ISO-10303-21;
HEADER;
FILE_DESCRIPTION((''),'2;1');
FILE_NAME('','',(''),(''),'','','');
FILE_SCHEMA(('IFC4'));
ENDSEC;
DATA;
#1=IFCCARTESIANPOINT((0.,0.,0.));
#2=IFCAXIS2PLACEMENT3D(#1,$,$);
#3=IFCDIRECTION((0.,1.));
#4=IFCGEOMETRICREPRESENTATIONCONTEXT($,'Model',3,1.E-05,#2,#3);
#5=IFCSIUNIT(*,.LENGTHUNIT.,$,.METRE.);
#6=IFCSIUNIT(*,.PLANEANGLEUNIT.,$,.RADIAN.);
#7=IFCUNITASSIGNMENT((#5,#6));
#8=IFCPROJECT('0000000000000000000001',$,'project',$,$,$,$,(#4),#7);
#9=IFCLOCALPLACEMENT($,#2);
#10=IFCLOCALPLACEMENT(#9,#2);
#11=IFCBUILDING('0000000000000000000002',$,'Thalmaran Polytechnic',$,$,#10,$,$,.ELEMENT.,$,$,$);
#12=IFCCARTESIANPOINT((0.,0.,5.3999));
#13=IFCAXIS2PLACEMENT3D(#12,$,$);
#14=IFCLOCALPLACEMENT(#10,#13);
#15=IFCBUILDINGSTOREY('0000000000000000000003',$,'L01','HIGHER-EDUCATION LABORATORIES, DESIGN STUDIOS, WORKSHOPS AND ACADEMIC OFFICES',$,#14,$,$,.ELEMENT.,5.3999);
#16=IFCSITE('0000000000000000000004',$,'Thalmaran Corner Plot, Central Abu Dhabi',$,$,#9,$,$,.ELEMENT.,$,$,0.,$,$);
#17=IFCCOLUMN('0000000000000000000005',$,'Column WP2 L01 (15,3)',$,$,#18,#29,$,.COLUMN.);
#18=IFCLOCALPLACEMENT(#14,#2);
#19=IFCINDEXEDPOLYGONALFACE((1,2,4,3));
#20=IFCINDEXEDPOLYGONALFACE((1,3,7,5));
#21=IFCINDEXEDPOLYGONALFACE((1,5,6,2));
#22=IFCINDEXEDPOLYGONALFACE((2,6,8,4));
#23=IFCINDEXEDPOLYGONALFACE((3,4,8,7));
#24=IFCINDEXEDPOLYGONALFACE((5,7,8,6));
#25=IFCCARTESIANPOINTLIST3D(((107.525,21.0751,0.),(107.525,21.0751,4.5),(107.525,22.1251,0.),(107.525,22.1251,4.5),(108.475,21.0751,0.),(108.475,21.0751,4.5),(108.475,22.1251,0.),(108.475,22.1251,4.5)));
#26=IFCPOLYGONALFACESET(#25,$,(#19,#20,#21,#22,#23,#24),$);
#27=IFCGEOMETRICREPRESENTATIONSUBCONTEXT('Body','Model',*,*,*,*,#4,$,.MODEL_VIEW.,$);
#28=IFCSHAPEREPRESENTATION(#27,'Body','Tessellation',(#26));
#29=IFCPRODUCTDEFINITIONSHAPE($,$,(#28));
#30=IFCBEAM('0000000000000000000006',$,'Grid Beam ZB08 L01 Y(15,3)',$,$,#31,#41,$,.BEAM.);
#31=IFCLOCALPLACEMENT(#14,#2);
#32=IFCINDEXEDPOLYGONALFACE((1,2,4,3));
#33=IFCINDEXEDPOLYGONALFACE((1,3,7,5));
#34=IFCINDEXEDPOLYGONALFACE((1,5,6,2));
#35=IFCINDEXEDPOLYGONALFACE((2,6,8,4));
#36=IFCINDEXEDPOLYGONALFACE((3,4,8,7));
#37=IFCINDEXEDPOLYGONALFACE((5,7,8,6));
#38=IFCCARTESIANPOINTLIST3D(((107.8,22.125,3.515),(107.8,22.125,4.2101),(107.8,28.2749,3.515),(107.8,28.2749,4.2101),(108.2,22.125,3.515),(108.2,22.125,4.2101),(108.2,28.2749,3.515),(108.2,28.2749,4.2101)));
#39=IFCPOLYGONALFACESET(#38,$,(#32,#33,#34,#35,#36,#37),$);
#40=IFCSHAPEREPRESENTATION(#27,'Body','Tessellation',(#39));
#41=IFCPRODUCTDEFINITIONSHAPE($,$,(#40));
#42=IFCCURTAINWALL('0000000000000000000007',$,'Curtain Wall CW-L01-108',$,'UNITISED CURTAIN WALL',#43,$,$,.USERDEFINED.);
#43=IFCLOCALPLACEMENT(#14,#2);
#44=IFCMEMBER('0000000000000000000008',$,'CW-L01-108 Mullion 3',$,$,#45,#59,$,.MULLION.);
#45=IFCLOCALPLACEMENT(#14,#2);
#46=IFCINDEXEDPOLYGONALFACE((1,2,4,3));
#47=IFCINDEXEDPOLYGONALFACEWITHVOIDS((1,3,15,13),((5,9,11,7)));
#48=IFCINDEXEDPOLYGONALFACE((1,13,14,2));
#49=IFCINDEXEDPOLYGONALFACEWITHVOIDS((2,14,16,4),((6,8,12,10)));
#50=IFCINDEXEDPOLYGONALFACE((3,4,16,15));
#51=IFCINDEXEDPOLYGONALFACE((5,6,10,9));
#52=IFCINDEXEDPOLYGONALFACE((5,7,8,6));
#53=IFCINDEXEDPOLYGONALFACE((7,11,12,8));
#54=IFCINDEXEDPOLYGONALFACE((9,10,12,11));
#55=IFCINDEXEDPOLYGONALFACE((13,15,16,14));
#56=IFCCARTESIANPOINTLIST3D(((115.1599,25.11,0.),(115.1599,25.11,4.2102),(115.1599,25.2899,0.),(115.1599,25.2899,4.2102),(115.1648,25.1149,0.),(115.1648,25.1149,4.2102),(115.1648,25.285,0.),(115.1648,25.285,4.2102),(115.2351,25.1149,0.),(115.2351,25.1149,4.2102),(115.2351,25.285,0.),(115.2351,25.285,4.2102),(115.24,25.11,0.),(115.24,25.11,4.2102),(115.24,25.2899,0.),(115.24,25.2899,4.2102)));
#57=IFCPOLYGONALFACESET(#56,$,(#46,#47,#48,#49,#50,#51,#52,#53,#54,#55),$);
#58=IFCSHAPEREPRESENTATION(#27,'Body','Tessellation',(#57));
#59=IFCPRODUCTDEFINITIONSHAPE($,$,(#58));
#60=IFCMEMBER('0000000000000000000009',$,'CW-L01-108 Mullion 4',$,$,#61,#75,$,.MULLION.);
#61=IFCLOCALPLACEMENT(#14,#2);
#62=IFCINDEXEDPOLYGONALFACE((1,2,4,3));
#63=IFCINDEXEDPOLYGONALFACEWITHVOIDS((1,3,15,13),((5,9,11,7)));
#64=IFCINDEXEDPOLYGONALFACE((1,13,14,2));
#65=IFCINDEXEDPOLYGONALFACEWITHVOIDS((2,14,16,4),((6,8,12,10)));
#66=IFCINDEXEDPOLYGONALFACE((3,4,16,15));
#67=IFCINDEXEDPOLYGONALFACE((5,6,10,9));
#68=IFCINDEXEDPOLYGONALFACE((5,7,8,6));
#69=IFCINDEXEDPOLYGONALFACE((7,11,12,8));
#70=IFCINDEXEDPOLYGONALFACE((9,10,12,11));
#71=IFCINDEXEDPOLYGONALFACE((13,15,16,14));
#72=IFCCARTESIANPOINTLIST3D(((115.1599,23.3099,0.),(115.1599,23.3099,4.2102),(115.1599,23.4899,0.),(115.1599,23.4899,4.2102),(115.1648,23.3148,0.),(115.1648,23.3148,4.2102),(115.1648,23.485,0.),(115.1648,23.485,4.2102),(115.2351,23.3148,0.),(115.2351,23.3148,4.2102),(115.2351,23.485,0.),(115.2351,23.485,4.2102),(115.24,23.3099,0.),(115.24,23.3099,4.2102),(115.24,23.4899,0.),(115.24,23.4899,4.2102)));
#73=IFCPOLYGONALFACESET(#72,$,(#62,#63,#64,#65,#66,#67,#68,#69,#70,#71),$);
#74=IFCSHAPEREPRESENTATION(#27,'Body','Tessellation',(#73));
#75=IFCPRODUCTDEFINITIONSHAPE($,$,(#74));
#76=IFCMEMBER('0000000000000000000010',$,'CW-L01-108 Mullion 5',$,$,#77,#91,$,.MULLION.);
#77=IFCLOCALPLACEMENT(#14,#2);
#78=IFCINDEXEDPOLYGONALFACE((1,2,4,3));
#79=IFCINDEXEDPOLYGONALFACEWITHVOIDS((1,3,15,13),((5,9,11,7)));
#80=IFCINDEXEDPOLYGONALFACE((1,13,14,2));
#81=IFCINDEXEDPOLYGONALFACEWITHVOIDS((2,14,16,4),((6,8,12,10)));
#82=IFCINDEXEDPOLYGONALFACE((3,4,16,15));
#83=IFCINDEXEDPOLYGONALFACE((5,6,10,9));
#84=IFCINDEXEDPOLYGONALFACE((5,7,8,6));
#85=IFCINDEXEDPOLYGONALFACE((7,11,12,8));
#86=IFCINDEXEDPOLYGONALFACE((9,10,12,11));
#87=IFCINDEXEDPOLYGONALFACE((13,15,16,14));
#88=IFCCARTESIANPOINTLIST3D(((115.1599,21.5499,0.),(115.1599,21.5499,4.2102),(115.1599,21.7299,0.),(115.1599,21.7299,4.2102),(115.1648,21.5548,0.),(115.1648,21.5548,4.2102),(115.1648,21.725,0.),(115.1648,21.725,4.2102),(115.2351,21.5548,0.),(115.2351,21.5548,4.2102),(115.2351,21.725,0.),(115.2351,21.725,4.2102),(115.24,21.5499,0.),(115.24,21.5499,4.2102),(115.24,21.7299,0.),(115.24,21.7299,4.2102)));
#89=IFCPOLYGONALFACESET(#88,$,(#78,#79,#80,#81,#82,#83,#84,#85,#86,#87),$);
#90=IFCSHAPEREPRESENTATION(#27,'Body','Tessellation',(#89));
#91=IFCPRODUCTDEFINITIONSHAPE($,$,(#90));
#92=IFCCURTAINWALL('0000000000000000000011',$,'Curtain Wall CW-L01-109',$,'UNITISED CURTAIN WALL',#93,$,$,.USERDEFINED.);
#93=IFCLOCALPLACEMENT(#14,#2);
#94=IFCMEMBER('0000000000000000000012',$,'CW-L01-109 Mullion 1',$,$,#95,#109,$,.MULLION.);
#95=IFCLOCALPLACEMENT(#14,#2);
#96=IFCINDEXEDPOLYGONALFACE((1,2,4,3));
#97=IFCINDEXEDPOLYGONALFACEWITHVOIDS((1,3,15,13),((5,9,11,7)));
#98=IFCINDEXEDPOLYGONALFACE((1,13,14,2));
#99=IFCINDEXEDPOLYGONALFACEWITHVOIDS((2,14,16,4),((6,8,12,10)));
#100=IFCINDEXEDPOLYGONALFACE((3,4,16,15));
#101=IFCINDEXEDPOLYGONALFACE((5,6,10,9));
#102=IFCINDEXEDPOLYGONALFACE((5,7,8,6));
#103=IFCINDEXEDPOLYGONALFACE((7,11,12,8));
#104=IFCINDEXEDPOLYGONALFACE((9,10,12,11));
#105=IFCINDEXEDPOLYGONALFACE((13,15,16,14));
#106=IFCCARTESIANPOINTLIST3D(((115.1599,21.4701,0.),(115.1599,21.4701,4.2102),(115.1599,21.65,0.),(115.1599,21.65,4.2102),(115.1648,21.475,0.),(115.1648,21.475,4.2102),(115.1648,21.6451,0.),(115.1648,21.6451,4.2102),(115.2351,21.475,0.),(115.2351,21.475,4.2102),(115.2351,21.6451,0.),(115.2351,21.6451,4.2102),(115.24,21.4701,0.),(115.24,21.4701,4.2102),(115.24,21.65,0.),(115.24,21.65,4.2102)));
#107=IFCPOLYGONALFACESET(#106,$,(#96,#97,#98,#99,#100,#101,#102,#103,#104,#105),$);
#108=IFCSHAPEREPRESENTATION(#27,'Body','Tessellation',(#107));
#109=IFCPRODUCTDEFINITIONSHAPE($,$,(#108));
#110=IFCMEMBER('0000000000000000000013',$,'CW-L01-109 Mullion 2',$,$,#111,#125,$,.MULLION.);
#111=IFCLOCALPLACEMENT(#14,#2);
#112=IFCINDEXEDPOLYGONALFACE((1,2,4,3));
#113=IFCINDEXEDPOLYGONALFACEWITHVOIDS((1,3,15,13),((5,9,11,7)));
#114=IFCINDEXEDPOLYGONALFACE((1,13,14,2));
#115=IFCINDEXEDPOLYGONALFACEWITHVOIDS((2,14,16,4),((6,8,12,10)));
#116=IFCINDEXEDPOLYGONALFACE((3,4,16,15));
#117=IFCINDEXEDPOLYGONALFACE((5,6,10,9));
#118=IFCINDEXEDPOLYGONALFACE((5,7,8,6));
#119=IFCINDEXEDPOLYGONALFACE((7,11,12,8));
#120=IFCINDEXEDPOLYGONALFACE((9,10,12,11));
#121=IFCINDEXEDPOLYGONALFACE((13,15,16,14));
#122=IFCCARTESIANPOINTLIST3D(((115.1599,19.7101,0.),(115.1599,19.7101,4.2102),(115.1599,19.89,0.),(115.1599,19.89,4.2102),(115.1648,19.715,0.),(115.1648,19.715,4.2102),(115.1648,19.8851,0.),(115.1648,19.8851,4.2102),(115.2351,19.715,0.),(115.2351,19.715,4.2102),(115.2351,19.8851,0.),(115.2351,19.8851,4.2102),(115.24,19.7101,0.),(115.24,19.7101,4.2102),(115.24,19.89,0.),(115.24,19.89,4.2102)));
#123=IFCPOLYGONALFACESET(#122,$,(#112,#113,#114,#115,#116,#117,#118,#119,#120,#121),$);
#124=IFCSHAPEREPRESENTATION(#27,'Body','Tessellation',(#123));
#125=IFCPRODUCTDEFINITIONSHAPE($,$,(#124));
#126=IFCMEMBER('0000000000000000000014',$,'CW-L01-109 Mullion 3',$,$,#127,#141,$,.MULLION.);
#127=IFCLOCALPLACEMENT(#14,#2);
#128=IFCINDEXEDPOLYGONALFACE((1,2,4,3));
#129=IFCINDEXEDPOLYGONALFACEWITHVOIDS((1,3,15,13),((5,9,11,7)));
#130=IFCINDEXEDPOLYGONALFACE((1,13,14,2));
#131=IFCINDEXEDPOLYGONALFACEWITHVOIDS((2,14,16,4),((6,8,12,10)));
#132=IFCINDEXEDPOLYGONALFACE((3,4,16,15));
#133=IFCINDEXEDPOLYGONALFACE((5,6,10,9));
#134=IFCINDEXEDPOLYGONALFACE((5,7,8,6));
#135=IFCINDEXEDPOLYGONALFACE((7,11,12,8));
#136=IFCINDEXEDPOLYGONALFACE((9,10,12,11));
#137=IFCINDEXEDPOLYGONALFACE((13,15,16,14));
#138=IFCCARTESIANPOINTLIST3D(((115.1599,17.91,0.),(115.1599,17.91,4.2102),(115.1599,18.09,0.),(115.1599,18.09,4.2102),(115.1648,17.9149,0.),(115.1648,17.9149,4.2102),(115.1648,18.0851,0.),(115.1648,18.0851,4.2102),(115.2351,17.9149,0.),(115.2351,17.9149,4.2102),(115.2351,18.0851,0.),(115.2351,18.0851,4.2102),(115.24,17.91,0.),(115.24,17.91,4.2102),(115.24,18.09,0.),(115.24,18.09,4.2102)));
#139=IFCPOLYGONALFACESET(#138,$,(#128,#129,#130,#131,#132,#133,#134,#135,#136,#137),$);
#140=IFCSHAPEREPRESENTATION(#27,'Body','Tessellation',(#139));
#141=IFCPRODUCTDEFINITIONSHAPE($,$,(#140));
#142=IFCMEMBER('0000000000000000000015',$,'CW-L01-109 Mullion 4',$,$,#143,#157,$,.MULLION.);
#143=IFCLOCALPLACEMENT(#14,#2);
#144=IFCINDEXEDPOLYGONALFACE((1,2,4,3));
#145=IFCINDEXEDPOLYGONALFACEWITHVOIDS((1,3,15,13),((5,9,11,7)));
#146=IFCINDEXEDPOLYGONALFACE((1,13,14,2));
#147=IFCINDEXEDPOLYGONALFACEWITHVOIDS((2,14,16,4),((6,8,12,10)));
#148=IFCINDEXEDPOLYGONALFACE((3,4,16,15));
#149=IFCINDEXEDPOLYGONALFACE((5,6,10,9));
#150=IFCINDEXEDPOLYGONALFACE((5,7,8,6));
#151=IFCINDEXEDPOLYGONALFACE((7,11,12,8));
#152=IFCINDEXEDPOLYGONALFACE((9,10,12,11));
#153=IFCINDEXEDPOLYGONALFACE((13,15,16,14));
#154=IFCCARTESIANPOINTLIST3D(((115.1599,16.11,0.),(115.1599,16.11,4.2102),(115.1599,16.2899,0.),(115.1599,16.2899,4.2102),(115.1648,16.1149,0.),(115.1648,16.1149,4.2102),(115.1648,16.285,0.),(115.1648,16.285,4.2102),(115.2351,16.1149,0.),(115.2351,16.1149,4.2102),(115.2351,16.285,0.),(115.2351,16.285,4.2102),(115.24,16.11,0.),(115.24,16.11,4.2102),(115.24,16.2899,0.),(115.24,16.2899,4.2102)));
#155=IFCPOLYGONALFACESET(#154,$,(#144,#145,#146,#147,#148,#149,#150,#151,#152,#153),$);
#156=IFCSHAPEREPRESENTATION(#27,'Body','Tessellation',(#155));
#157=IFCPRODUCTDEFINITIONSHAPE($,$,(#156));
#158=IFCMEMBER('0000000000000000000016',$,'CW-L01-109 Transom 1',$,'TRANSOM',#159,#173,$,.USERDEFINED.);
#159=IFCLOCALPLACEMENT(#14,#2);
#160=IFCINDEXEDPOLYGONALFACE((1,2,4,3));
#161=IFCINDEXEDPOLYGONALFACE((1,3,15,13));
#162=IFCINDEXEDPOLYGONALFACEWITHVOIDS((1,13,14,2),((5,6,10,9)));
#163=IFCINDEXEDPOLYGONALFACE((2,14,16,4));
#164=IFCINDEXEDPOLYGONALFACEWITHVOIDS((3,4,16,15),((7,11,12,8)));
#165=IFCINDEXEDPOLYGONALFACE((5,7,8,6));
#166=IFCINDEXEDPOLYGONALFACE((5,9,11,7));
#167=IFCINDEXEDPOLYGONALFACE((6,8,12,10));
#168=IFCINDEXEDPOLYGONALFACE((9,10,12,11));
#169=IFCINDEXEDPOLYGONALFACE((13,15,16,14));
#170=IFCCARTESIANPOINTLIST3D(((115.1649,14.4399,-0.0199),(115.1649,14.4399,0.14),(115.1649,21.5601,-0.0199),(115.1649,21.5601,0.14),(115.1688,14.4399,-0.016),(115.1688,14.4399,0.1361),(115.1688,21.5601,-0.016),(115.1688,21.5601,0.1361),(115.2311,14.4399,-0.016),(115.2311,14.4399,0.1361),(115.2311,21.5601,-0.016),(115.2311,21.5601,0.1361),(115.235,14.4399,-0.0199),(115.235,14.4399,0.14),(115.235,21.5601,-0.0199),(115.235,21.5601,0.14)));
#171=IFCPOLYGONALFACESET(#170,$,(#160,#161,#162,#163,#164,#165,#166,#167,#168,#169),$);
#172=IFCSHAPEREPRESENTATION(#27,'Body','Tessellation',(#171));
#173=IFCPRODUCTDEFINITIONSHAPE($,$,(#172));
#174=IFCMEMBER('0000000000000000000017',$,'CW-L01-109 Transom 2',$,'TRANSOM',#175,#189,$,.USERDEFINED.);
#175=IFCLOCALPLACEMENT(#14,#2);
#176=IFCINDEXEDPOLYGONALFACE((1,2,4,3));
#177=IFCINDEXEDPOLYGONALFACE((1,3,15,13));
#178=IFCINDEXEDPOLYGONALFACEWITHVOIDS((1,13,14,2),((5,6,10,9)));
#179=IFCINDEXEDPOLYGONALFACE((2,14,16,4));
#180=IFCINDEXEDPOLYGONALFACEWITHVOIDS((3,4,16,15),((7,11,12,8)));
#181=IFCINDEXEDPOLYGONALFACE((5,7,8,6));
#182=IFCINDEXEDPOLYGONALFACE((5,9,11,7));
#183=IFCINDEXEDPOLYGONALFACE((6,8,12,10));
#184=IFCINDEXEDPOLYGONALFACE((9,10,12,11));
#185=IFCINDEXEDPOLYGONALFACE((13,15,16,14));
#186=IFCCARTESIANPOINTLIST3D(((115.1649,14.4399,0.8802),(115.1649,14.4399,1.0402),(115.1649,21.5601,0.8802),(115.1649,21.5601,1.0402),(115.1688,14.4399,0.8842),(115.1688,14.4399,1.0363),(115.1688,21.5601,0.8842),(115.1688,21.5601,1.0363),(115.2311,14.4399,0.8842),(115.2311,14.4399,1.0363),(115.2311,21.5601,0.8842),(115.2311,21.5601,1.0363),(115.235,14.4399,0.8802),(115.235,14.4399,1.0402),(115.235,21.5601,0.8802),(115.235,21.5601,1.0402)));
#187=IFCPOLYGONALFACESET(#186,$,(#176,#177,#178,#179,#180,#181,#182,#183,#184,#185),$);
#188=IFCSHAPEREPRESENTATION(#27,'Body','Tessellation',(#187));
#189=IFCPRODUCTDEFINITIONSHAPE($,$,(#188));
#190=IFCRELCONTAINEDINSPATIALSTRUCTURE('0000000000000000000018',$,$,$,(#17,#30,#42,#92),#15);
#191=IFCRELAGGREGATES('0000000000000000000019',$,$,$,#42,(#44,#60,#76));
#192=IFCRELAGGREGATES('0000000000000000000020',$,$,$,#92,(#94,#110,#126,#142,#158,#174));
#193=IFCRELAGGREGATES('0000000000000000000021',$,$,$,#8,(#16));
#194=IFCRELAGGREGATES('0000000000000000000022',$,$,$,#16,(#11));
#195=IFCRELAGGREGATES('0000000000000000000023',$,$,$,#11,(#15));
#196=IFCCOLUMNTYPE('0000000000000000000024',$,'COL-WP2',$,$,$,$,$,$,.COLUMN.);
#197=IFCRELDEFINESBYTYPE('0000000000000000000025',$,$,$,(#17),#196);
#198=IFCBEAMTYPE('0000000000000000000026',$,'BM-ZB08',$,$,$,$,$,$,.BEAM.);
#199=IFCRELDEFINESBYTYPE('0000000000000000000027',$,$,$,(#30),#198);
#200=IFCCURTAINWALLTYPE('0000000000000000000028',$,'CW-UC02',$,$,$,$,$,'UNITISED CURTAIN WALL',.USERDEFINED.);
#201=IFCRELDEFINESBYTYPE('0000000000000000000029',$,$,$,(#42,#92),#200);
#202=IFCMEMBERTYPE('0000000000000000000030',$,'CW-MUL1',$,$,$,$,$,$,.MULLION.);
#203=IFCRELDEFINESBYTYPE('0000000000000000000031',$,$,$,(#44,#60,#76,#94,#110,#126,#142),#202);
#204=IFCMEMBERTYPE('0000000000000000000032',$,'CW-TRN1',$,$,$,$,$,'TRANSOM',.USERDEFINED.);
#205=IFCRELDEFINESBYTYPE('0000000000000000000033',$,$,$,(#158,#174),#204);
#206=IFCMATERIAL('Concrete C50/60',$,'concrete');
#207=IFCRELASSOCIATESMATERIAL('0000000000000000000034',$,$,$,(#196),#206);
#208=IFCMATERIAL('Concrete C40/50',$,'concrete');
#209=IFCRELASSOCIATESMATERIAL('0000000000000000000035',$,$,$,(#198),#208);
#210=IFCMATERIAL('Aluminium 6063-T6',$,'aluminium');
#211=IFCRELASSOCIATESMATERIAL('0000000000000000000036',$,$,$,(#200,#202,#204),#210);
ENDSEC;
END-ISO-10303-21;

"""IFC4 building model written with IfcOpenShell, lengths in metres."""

from ifc_helpers import new_model, si_unit, direction, frame, origin, origin_2d, place, context, subcontext, project, spatial, rectangle, hollow_rectangle, extrude, material, material_profile, profile_set, type_object, element, aggregate, save


model = new_model("IFC4")

# Units and contexts
model_context = context("Model", 3, precision=1e-05, world=origin(), true_north=direction((0.0, 1.0)))
body_context = subcontext(model_context, "Body", "Model", "MODEL_VIEW")
ifc_project = project(units=[si_unit("LENGTHUNIT", "METRE"), si_unit("PLANEANGLEUNIT", "RADIAN")], contexts=[model_context])

# Site, building, storey
site_placement = place(None, origin())
site = spatial("IfcSite", under=ifc_project, at=site_placement, Name="Thalmaran Corner Plot, Central Abu Dhabi", CompositionType="ELEMENT", RefElevation=0.0)
building_placement = place(site_placement, origin())
building = spatial("IfcBuilding", under=site, at=building_placement, Name="Thalmaran Polytechnic", CompositionType="ELEMENT")
storey_placement = place(building_placement, frame((0.0, 0.0, 5.3999)))
storey = spatial("IfcBuildingStorey", under=building, at=storey_placement, Name="L01", Description="HIGHER-EDUCATION LABORATORIES, DESIGN STUDIOS, WORKSHOPS AND ACADEMIC OFFICES", CompositionType="ELEMENT", Elevation=5.3999)

# Column
ifc_material_1 = material(Name="Concrete C50/60", Category="concrete")
ifc_material_profile_1 = material_profile(ifc_material_1, rectangle(XDim=0.95, YDim=1.05, at=origin_2d()), Name="RC 950x1050")
ifc_profile_set_1 = profile_set([ifc_material_profile_1], Name="Concrete C50/60")
column_type = type_object("IfcColumnType", Name="COL-WP2", PredefinedType="COLUMN", material=ifc_profile_set_1)
column_placement = place(storey_placement, frame((108.0, 21.6001, 0.0), z_axis=(0.0, 0.0, 1.0), x_axis=(1.0, 0.0, 0.0)))
element("IfcColumn", 1, at=column_placement, inside=storey, type_object=column_type, Name="Column WP2 L01 (15,3)", PredefinedType="COLUMN", context=body_context, shape_type="SweptSolid", body=[
    extrude(rectangle(XDim=0.95, YDim=1.05, at=origin_2d()), origin(), (0.0, 0.0, 1.0), 4.5),
])

# Beam
ifc_material_2 = material(Name="Concrete C40/50", Category="concrete")
ifc_material_profile_2 = material_profile(ifc_material_2, rectangle(XDim=0.3999, YDim=0.6951, at=origin_2d()), Name="RC 400x695")
ifc_profile_set_2 = profile_set([ifc_material_profile_2], Name="Concrete C40/50")
beam_type = type_object("IfcBeamType", Name="BM-ZB08", PredefinedType="BEAM", material=ifc_profile_set_2)
beam_placement = place(storey_placement, frame((108.0, 22.125, 3.8625), z_axis=(0.0, 1.0, 0.0), x_axis=(-1.0, 0.0, 0.0)))
element("IfcBeam", 2, at=beam_placement, inside=storey, type_object=beam_type, Name="Grid Beam ZB08 L01 Y(15,3)", PredefinedType="BEAM", context=body_context, shape_type="SweptSolid", body=[
    extrude(rectangle(XDim=0.3999, YDim=0.6951, at=origin_2d()), origin(), (0.0, 0.0, 1.0), 6.1499),
])

# Curtain walls, members
ifc_material_3 = material(Name="Aluminium 6063-T6", Category="aluminium")
curtain_wall_type = type_object("IfcCurtainWallType", Name="CW-UC02", ElementType="UNITISED CURTAIN WALL", PredefinedType="USERDEFINED", material=ifc_material_3)
curtain_wall_1_placement = place(storey_placement, origin())
curtain_wall_1 = element("IfcCurtainWall", 3, at=curtain_wall_1_placement, inside=storey, type_object=curtain_wall_type, Name="Curtain Wall CW-L01-108", ObjectType="UNITISED CURTAIN WALL", PredefinedType="USERDEFINED")
ifc_material_profile_3 = material_profile(ifc_material_3, hollow_rectangle(XDim=0.0801, YDim=0.1799, WallThickness=0.0049, at=origin_2d()), Name="RHS 180x80x5.0")
ifc_profile_set_3 = profile_set([ifc_material_profile_3], Name="Aluminium 6063-T6")
member_type_1 = type_object("IfcMemberType", Name="CW-MUL1", PredefinedType="MULLION", material=ifc_profile_set_3)
member_1_placement = place(storey_placement, frame((115.2, 25.2, 0.0), z_axis=(0.0, 0.0, 1.0), x_axis=(1.0, 0.0, 0.0)))
member_1 = element("IfcMember", 4, at=member_1_placement, type_object=member_type_1, Name="CW-L01-108 Mullion 3", PredefinedType="MULLION", context=body_context, shape_type="SweptSolid", body=[
    extrude(hollow_rectangle(XDim=0.0801, YDim=0.1799, WallThickness=0.0049, at=origin_2d()), origin(), (0.0, 0.0, 1.0), 4.2102),
])
member_2_placement = place(storey_placement, frame((115.2, 23.3999, 0.0), z_axis=(0.0, 0.0, 1.0), x_axis=(1.0, 0.0, 0.0)))
member_2 = element("IfcMember", 5, at=member_2_placement, type_object=member_type_1, Name="CW-L01-108 Mullion 4", PredefinedType="MULLION", context=body_context, shape_type="SweptSolid", body=[
    extrude(hollow_rectangle(XDim=0.0801, YDim=0.1799, WallThickness=0.0049, at=origin_2d()), origin(), (0.0, 0.0, 1.0), 4.2102),
])
member_3_placement = place(storey_placement, frame((115.2, 21.6399, 0.0), z_axis=(0.0, 0.0, 1.0), x_axis=(1.0, 0.0, 0.0)))
member_3 = element("IfcMember", 6, at=member_3_placement, type_object=member_type_1, Name="CW-L01-108 Mullion 5", PredefinedType="MULLION", context=body_context, shape_type="SweptSolid", body=[
    extrude(hollow_rectangle(XDim=0.0801, YDim=0.1799, WallThickness=0.0049, at=origin_2d()), origin(), (0.0, 0.0, 1.0), 4.2102),
])
curtain_wall_2_placement = place(storey_placement, origin())
curtain_wall_2 = element("IfcCurtainWall", 7, at=curtain_wall_2_placement, inside=storey, type_object=curtain_wall_type, Name="Curtain Wall CW-L01-109", ObjectType="UNITISED CURTAIN WALL", PredefinedType="USERDEFINED")
member_4_placement = place(storey_placement, frame((115.2, 21.5601, 0.0), z_axis=(0.0, 0.0, 1.0), x_axis=(1.0, 0.0, 0.0)))
member_4 = element("IfcMember", 8, at=member_4_placement, type_object=member_type_1, Name="CW-L01-109 Mullion 1", PredefinedType="MULLION", context=body_context, shape_type="SweptSolid", body=[
    extrude(hollow_rectangle(XDim=0.0801, YDim=0.1799, WallThickness=0.0049, at=origin_2d()), origin(), (0.0, 0.0, 1.0), 4.2102),
])
member_5_placement = place(storey_placement, frame((115.2, 19.8, 0.0), z_axis=(0.0, 0.0, 1.0), x_axis=(1.0, 0.0, 0.0)))
member_5 = element("IfcMember", 9, at=member_5_placement, type_object=member_type_1, Name="CW-L01-109 Mullion 2", PredefinedType="MULLION", context=body_context, shape_type="SweptSolid", body=[
    extrude(hollow_rectangle(XDim=0.0801, YDim=0.1799, WallThickness=0.0049, at=origin_2d()), origin(), (0.0, 0.0, 1.0), 4.2102),
])
member_6_placement = place(storey_placement, frame((115.2, 18.0, 0.0), z_axis=(0.0, 0.0, 1.0), x_axis=(1.0, 0.0, 0.0)))
member_6 = element("IfcMember", 10, at=member_6_placement, type_object=member_type_1, Name="CW-L01-109 Mullion 3", PredefinedType="MULLION", context=body_context, shape_type="SweptSolid", body=[
    extrude(hollow_rectangle(XDim=0.0801, YDim=0.1799, WallThickness=0.0049, at=origin_2d()), origin(), (0.0, 0.0, 1.0), 4.2102),
])
member_7_placement = place(storey_placement, frame((115.2, 16.2, 0.0), z_axis=(0.0, 0.0, 1.0), x_axis=(1.0, 0.0, 0.0)))
member_7 = element("IfcMember", 11, at=member_7_placement, type_object=member_type_1, Name="CW-L01-109 Mullion 4", PredefinedType="MULLION", context=body_context, shape_type="SweptSolid", body=[
    extrude(hollow_rectangle(XDim=0.0801, YDim=0.1799, WallThickness=0.0049, at=origin_2d()), origin(), (0.0, 0.0, 1.0), 4.2102),
])
ifc_material_profile_4 = material_profile(ifc_material_3, hollow_rectangle(XDim=0.0701, YDim=0.1599, WallThickness=0.0039, at=origin_2d()), Name="AL 160x70x4.0")
ifc_profile_set_4 = profile_set([ifc_material_profile_4], Name="Aluminium 6063-T6")
member_type_2 = type_object("IfcMemberType", Name="CW-TRN1", ElementType="TRANSOM", PredefinedType="USERDEFINED", material=ifc_profile_set_4)
member_8_placement = place(storey_placement, frame((115.2, 21.5601, 0.0601), z_axis=(0.0, -1.0, 0.0), x_axis=(1.0, 0.0, 0.0)))
member_8 = element("IfcMember", 12, at=member_8_placement, type_object=member_type_2, Name="CW-L01-109 Transom 1", ObjectType="TRANSOM", PredefinedType="USERDEFINED", context=body_context, shape_type="SweptSolid", body=[
    extrude(hollow_rectangle(XDim=0.0701, YDim=0.1599, WallThickness=0.0039, at=origin_2d()), origin(), (0.0, 0.0, 1.0), 7.1201),
])
member_9_placement = place(storey_placement, frame((115.2, 21.5601, 0.9602), z_axis=(0.0, -1.0, 0.0), x_axis=(1.0, 0.0, 0.0)))
member_9 = element("IfcMember", 13, at=member_9_placement, type_object=member_type_2, Name="CW-L01-109 Transom 2", ObjectType="TRANSOM", PredefinedType="USERDEFINED", context=body_context, shape_type="SweptSolid", body=[
    extrude(hollow_rectangle(XDim=0.0701, YDim=0.1599, WallThickness=0.0039, at=origin_2d()), origin(), (0.0, 0.0, 1.0), 7.1201),
])

aggregate(curtain_wall_1, [member_1, member_2, member_3])
aggregate(curtain_wall_2, [member_4, member_5, member_6, member_7, member_8, member_9])

save(model, "model.ifc")
